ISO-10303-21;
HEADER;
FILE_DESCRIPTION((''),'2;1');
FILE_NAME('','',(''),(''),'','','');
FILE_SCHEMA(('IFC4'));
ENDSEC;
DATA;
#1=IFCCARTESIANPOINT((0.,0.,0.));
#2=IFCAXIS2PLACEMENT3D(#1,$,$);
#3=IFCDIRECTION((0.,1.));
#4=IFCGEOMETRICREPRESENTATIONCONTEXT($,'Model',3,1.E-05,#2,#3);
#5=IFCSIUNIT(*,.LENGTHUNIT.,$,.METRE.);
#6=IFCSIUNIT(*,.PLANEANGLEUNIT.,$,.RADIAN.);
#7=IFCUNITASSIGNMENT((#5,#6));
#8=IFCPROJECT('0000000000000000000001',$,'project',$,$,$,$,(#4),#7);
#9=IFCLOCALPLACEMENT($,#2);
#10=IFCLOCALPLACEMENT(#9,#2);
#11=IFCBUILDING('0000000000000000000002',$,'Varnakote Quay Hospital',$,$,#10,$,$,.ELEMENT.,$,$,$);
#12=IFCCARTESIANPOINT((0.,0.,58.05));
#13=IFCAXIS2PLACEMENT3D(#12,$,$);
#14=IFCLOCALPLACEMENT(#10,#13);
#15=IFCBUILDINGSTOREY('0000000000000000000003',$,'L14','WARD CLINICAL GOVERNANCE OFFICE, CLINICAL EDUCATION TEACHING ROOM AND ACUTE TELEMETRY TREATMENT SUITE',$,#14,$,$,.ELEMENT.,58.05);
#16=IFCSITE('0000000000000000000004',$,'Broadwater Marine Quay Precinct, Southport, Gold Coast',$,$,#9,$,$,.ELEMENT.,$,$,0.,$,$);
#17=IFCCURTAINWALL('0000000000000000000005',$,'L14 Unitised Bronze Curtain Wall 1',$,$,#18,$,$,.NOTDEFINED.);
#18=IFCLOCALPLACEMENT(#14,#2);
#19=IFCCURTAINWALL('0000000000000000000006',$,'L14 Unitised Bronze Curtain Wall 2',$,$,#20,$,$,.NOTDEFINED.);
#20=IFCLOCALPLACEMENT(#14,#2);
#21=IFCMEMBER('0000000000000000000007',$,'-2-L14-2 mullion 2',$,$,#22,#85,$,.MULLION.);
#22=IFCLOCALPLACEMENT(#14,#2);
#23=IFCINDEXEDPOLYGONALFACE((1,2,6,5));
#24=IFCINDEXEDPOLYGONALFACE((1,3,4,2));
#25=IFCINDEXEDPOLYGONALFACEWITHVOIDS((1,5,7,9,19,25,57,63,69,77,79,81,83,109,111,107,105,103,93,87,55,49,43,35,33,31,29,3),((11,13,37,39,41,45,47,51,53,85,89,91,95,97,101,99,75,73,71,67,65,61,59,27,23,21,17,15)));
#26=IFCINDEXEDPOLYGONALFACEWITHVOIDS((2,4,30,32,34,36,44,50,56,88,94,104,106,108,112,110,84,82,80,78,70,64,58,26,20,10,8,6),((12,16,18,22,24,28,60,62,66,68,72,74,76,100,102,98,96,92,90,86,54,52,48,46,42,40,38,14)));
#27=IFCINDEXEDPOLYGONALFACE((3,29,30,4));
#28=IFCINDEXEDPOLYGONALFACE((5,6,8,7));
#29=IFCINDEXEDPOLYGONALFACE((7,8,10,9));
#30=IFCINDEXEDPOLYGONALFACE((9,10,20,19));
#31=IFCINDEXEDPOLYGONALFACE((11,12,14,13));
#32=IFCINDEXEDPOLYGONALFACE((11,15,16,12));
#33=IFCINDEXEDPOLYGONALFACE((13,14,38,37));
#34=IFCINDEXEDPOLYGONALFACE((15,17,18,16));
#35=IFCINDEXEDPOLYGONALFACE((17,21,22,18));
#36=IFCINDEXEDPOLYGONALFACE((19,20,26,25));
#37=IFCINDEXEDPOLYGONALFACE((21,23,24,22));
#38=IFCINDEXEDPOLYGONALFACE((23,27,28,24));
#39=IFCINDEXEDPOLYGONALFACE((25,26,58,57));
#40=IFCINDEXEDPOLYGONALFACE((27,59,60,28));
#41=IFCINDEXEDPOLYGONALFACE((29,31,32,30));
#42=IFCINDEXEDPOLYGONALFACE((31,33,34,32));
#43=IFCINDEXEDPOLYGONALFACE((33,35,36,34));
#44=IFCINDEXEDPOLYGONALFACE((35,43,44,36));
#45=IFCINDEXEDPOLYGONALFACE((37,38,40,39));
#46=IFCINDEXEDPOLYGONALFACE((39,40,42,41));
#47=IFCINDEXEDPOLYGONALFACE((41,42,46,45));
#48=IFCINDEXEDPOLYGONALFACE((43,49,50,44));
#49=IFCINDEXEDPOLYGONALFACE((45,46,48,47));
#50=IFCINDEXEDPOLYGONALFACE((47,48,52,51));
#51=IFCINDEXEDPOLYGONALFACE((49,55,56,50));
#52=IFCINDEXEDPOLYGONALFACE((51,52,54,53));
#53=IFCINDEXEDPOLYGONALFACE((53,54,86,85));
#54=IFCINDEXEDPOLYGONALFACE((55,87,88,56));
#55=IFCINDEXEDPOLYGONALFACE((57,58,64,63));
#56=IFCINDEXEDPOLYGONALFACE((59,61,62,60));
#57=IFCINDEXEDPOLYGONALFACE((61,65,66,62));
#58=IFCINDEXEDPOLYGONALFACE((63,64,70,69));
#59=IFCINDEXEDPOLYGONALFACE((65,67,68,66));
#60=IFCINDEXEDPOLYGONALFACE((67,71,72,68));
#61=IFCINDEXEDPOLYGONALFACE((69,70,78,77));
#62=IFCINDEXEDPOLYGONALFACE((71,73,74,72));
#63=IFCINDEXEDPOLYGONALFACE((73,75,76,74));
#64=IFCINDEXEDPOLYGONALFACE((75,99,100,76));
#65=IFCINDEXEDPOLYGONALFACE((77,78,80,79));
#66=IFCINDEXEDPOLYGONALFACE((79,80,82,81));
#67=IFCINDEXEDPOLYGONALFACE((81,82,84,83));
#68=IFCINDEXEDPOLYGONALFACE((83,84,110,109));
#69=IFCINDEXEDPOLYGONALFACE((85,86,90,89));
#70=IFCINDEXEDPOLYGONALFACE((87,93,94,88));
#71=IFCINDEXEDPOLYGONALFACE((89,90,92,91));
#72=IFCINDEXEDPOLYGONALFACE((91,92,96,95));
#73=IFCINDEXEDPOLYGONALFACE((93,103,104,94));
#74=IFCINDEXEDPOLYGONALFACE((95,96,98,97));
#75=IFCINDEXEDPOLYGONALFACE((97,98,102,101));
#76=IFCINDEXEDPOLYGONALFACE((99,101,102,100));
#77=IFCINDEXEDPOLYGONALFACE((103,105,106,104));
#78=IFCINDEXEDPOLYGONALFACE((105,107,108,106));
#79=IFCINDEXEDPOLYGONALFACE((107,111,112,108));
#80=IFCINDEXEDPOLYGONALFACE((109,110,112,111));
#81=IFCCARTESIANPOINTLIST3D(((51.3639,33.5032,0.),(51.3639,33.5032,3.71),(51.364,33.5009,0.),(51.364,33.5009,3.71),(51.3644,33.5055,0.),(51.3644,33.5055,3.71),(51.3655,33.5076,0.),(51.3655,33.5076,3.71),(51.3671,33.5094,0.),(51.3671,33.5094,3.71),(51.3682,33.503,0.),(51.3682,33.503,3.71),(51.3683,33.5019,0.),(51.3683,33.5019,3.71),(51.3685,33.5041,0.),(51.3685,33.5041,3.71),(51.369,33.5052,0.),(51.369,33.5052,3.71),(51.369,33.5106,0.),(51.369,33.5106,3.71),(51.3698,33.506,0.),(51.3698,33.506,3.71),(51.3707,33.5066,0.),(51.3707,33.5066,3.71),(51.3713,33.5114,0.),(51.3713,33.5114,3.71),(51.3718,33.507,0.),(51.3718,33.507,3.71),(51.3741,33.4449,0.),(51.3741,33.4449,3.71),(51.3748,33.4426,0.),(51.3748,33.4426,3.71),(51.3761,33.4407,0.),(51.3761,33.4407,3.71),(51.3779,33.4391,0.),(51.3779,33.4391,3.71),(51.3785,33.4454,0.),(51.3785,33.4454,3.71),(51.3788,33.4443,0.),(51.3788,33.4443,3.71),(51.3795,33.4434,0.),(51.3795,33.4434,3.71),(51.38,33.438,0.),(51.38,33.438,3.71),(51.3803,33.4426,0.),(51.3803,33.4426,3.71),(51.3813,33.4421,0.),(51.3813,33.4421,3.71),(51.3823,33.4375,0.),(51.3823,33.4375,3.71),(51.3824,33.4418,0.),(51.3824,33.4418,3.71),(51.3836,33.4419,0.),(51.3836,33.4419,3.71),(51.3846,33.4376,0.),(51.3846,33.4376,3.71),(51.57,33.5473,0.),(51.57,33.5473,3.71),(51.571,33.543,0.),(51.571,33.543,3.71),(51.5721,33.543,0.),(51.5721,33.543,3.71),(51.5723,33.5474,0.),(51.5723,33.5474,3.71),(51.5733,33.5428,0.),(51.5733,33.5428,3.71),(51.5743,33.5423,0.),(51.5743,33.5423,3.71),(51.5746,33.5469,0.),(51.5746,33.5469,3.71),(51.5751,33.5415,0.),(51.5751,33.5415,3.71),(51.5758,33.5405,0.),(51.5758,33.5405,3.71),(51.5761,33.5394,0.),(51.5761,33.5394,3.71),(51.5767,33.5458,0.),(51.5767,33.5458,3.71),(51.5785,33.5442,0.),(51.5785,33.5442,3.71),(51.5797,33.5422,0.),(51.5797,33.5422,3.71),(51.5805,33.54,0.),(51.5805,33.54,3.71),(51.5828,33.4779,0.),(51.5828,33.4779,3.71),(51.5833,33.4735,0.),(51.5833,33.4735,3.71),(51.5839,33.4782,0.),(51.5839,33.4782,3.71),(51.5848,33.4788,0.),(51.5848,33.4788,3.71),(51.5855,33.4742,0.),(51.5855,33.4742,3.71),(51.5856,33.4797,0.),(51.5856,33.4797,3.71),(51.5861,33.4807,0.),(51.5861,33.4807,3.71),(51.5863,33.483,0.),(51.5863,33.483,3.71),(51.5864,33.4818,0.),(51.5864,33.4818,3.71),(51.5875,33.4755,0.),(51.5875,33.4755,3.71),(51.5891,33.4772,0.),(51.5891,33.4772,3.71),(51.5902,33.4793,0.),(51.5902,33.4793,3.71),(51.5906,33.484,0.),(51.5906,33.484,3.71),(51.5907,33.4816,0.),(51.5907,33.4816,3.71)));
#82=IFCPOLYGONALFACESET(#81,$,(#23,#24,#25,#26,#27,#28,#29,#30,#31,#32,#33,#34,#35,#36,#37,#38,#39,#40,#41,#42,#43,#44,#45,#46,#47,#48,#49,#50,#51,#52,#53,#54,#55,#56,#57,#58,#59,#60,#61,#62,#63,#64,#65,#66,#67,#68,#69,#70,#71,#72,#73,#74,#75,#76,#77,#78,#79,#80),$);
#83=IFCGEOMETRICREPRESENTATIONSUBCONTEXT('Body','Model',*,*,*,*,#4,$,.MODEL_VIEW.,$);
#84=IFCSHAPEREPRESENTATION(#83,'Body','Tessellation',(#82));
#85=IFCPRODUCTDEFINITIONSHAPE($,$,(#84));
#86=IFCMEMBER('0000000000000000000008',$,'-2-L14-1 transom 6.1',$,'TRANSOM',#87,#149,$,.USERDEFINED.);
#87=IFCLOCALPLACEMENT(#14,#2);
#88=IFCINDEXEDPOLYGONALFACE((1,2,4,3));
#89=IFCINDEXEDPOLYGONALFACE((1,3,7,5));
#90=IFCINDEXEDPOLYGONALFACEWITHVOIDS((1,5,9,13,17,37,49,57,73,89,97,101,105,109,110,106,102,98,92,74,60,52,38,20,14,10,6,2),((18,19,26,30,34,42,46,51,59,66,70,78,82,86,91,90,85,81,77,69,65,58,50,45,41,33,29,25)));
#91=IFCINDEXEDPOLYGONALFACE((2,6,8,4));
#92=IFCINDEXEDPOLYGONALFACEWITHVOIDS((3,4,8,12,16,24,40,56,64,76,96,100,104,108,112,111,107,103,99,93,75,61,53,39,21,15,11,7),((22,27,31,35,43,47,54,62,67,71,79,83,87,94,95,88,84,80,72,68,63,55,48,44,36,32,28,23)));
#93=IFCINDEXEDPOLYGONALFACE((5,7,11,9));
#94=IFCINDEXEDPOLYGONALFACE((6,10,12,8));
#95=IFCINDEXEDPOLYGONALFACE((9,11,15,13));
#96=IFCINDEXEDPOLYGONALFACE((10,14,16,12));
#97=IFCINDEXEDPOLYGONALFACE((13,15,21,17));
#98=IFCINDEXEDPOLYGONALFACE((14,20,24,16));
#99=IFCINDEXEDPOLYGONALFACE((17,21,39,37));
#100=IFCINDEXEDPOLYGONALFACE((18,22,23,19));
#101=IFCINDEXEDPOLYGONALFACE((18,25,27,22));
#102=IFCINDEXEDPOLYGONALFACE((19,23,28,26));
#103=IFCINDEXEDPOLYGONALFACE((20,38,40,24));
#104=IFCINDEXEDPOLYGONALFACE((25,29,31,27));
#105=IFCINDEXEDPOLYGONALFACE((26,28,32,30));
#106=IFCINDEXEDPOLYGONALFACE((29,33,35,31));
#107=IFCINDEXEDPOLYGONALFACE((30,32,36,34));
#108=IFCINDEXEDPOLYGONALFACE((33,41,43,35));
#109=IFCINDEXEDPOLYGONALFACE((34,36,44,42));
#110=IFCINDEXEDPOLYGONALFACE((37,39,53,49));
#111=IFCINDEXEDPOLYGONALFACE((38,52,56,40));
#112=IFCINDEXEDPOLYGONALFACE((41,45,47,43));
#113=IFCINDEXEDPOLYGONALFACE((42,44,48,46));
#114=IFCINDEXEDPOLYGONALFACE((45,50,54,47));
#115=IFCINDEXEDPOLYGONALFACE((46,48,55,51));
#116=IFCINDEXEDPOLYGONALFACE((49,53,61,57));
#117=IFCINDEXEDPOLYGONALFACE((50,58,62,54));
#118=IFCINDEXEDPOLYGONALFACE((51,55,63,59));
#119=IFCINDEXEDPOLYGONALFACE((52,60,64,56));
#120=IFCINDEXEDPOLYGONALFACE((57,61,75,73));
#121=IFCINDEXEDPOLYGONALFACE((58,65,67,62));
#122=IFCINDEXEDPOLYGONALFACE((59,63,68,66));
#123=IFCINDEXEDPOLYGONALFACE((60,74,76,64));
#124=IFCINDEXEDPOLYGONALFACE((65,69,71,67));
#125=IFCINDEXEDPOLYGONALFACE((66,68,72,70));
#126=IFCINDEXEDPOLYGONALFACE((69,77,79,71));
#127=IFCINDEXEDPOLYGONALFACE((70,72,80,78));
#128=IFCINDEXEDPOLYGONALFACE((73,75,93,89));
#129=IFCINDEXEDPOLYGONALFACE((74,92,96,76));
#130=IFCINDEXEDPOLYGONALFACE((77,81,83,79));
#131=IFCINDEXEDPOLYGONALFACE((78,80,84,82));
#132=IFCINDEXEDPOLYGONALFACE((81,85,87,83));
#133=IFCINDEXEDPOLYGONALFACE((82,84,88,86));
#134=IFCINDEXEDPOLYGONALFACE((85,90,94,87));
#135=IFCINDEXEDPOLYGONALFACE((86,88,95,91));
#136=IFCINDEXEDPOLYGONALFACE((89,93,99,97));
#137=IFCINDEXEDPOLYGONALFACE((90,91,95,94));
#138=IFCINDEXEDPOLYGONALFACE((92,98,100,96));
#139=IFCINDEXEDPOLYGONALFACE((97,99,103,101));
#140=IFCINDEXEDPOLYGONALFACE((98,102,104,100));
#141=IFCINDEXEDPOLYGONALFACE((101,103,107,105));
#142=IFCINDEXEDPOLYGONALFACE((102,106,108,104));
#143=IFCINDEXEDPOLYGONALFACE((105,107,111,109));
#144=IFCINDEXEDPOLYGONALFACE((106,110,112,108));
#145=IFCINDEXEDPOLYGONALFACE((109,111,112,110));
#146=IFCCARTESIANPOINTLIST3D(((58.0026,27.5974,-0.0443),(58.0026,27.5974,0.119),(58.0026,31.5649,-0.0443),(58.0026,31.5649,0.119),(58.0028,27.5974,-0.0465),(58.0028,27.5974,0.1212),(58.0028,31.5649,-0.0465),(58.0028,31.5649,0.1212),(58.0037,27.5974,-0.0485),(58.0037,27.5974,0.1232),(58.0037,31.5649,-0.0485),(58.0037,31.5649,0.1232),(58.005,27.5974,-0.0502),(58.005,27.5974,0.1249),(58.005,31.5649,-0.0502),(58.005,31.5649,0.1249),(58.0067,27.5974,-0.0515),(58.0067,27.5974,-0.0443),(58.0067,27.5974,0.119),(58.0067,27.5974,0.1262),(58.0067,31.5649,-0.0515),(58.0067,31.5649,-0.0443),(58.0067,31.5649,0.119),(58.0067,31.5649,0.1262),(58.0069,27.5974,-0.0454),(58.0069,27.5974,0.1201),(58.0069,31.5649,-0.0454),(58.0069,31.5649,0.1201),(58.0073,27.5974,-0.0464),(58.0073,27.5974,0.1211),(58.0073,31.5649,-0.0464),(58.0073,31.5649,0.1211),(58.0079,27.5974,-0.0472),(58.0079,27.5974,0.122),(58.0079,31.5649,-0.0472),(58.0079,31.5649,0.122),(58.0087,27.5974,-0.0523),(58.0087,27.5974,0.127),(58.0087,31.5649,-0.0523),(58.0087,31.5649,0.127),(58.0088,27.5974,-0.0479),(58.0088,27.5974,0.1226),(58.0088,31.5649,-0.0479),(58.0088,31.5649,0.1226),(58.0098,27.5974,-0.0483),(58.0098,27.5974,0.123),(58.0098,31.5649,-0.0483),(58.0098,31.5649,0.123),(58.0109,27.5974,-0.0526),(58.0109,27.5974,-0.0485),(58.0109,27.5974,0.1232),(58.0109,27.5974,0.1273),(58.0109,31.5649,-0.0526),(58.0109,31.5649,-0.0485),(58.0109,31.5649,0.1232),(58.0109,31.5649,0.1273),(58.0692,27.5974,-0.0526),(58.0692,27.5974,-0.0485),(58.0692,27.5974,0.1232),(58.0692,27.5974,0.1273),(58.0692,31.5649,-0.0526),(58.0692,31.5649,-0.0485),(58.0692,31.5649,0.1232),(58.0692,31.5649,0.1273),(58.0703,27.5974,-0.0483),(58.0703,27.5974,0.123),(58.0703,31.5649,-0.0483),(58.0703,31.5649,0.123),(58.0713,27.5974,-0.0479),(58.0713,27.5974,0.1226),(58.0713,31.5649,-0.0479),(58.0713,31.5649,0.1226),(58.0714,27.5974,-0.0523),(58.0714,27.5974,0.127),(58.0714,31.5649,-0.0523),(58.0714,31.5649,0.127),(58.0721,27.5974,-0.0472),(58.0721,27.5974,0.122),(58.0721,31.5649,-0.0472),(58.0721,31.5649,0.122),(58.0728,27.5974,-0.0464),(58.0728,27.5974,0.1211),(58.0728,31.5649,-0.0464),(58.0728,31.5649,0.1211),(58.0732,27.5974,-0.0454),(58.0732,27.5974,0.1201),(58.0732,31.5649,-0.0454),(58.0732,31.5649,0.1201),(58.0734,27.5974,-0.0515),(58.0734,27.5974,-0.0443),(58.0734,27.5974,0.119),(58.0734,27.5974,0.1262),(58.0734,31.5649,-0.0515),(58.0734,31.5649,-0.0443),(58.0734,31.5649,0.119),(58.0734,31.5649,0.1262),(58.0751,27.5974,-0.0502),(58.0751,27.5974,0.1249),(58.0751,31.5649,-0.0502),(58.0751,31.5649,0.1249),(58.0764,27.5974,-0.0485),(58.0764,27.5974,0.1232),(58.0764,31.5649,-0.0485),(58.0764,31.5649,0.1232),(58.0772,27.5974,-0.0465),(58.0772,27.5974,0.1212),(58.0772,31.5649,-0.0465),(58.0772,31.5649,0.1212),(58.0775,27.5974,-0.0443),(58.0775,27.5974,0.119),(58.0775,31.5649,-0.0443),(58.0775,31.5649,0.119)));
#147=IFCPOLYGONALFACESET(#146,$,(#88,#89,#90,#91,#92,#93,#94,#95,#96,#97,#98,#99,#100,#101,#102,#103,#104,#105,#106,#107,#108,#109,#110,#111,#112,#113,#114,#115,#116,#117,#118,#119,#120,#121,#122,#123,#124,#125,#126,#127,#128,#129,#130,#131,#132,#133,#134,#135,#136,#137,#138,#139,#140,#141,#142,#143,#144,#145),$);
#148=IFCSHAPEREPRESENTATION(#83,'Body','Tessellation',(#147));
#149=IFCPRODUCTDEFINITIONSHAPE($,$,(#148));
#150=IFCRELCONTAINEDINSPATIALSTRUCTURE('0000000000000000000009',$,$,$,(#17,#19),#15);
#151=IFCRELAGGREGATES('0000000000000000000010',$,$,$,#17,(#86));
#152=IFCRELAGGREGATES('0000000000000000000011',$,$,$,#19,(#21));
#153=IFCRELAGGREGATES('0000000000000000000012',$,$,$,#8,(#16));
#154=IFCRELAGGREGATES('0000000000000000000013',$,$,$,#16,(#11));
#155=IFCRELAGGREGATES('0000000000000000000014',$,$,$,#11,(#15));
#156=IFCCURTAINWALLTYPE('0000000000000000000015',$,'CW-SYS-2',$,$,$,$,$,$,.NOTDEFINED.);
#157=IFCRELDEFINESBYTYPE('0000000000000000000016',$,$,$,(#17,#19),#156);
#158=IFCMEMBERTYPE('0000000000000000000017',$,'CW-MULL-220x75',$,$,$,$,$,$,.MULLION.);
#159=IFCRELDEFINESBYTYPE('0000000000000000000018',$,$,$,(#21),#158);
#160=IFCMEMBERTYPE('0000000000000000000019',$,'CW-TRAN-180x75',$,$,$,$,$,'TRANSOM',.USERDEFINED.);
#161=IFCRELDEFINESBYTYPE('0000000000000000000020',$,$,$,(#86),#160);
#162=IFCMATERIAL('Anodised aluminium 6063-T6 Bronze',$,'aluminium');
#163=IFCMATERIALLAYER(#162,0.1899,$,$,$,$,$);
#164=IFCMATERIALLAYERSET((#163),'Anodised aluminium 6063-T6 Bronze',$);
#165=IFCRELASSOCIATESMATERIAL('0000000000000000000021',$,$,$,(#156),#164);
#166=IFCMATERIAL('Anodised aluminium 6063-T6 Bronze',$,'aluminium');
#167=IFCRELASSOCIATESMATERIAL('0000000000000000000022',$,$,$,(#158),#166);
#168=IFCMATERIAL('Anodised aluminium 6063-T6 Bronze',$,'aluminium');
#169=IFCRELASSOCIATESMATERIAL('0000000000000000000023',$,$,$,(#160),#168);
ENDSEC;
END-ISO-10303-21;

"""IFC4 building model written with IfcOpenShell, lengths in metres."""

from ifc_helpers import new_model, si_unit, direction, frame, origin, origin_2d, place, context, subcontext, project, spatial, hollow_rectangle, extrude, material, layer, layer_set, material_profile, profile_set, type_object, element, aggregate, save


model = new_model("IFC4")

# Units and contexts
model_context = context("Model", 3, precision=1e-05, world=origin(), true_north=direction((0.0, 1.0)))
body_context = subcontext(model_context, "Body", "Model", "MODEL_VIEW")
ifc_project = project(units=[si_unit("LENGTHUNIT", "METRE"), si_unit("PLANEANGLEUNIT", "RADIAN")], contexts=[model_context])

# Site, building, storey
site_placement = place(None, origin())
site = spatial("IfcSite", under=ifc_project, at=site_placement, Name="Broadwater Marine Quay Precinct, Southport, Gold Coast", CompositionType="ELEMENT", RefElevation=0.0)
building_placement = place(site_placement, origin())
building = spatial("IfcBuilding", under=site, at=building_placement, Name="Varnakote Quay Hospital", CompositionType="ELEMENT")
storey_placement = place(building_placement, frame((0.0, 0.0, 58.05)))
storey = spatial("IfcBuildingStorey", under=building, at=storey_placement, Name="L14", Description="WARD CLINICAL GOVERNANCE OFFICE, CLINICAL EDUCATION TEACHING ROOM AND ACUTE TELEMETRY TREATMENT SUITE", CompositionType="ELEMENT", Elevation=58.05)

# Curtain wall
ifc_material_1 = material(Name="Anodised aluminium 6063-T6 Bronze", Category="aluminium")
ifc_layer_1 = layer(ifc_material_1, 0.1899)
ifc_layer_set_1 = layer_set([ifc_layer_1], Name="Anodised aluminium 6063-T6 Bronze")
curtain_wall_type = type_object("IfcCurtainWallType", Name="CW-SYS-2", PredefinedType="NOTDEFINED", material=ifc_layer_set_1)
curtain_wall_1_placement = place(storey_placement, origin())
curtain_wall_1 = element("IfcCurtainWall", 1, at=curtain_wall_1_placement, inside=storey, type_object=curtain_wall_type, Name="L14 Unitised Bronze Curtain Wall 1", PredefinedType="NOTDEFINED")
ifc_material_2 = material(Name="Anodised aluminium 6063-T6 Bronze", Category="aluminium")
ifc_material_profile_1 = material_profile(ifc_material_2, hollow_rectangle(XDim=0.075, YDim=0.22, WallThickness=0.0044, InnerFilletRadius=0.0044, OuterFilletRadius=0.009, at=origin_2d()), Name="CW-MULL-220x75")
ifc_profile_set_1 = profile_set([ifc_material_profile_1], Name="Anodised aluminium 6063-T6 Bronze")
member_type_1 = type_object("IfcMemberType", Name="CW-MULL-220x75", PredefinedType="MULLION", material=ifc_profile_set_1)

# Curtain wall, member
curtain_wall_2_placement = place(storey_placement, origin())
curtain_wall_2 = element("IfcCurtainWall", 2, at=curtain_wall_2_placement, inside=storey, type_object=curtain_wall_type, Name="L14 Unitised Bronze Curtain Wall 2", PredefinedType="NOTDEFINED")
member_1_placement = place(storey_placement, frame((51.4773, 33.4924, 0.0), z_axis=(0.0, 0.0, 1.0), x_axis=(0.177846, -0.984058, 0.0)))
member_1 = element("IfcMember", 3, at=member_1_placement, type_object=member_type_1, Name="-2-L14-2 mullion 2", PredefinedType="MULLION", context=body_context, shape_type="SweptSolid", body=[
    extrude(hollow_rectangle(XDim=0.075, YDim=0.22, WallThickness=0.0044, InnerFilletRadius=0.0044, OuterFilletRadius=0.009, at=origin_2d()), origin(), (0.0, 0.0, 1.0), 3.71),
])

# Member
ifc_material_3 = material(Name="Anodised aluminium 6063-T6 Bronze", Category="aluminium")
ifc_material_profile_2 = material_profile(ifc_material_3, hollow_rectangle(XDim=0.075, YDim=0.1799, WallThickness=0.0042, InnerFilletRadius=0.0042, OuterFilletRadius=0.0083, at=origin_2d()), Name="CW-TRAN-180x75")
ifc_profile_set_2 = profile_set([ifc_material_profile_2], Name="Anodised aluminium 6063-T6 Bronze")
member_type_2 = type_object("IfcMemberType", Name="CW-TRAN-180x75", ElementType="TRANSOM", PredefinedType="USERDEFINED", material=ifc_profile_set_2)
member_2_placement = place(storey_placement, frame((58.04, 27.5974, 0.0374), z_axis=(0.0, 1.0, 0.0), x_axis=(-1.0, 0.0, 0.0)))
member_2 = element("IfcMember", 4, at=member_2_placement, type_object=member_type_2, Name="-2-L14-1 transom 6.1", ObjectType="TRANSOM", PredefinedType="USERDEFINED", context=body_context, shape_type="SweptSolid", body=[
    extrude(hollow_rectangle(XDim=0.075, YDim=0.1799, WallThickness=0.0042, InnerFilletRadius=0.0042, OuterFilletRadius=0.0083, at=origin_2d()), origin(), (0.0, 0.0, 1.0), 3.9675),
])

aggregate(curtain_wall_1, [member_2])
aggregate(curtain_wall_2, [member_1])

save(model, "model.ifc")
